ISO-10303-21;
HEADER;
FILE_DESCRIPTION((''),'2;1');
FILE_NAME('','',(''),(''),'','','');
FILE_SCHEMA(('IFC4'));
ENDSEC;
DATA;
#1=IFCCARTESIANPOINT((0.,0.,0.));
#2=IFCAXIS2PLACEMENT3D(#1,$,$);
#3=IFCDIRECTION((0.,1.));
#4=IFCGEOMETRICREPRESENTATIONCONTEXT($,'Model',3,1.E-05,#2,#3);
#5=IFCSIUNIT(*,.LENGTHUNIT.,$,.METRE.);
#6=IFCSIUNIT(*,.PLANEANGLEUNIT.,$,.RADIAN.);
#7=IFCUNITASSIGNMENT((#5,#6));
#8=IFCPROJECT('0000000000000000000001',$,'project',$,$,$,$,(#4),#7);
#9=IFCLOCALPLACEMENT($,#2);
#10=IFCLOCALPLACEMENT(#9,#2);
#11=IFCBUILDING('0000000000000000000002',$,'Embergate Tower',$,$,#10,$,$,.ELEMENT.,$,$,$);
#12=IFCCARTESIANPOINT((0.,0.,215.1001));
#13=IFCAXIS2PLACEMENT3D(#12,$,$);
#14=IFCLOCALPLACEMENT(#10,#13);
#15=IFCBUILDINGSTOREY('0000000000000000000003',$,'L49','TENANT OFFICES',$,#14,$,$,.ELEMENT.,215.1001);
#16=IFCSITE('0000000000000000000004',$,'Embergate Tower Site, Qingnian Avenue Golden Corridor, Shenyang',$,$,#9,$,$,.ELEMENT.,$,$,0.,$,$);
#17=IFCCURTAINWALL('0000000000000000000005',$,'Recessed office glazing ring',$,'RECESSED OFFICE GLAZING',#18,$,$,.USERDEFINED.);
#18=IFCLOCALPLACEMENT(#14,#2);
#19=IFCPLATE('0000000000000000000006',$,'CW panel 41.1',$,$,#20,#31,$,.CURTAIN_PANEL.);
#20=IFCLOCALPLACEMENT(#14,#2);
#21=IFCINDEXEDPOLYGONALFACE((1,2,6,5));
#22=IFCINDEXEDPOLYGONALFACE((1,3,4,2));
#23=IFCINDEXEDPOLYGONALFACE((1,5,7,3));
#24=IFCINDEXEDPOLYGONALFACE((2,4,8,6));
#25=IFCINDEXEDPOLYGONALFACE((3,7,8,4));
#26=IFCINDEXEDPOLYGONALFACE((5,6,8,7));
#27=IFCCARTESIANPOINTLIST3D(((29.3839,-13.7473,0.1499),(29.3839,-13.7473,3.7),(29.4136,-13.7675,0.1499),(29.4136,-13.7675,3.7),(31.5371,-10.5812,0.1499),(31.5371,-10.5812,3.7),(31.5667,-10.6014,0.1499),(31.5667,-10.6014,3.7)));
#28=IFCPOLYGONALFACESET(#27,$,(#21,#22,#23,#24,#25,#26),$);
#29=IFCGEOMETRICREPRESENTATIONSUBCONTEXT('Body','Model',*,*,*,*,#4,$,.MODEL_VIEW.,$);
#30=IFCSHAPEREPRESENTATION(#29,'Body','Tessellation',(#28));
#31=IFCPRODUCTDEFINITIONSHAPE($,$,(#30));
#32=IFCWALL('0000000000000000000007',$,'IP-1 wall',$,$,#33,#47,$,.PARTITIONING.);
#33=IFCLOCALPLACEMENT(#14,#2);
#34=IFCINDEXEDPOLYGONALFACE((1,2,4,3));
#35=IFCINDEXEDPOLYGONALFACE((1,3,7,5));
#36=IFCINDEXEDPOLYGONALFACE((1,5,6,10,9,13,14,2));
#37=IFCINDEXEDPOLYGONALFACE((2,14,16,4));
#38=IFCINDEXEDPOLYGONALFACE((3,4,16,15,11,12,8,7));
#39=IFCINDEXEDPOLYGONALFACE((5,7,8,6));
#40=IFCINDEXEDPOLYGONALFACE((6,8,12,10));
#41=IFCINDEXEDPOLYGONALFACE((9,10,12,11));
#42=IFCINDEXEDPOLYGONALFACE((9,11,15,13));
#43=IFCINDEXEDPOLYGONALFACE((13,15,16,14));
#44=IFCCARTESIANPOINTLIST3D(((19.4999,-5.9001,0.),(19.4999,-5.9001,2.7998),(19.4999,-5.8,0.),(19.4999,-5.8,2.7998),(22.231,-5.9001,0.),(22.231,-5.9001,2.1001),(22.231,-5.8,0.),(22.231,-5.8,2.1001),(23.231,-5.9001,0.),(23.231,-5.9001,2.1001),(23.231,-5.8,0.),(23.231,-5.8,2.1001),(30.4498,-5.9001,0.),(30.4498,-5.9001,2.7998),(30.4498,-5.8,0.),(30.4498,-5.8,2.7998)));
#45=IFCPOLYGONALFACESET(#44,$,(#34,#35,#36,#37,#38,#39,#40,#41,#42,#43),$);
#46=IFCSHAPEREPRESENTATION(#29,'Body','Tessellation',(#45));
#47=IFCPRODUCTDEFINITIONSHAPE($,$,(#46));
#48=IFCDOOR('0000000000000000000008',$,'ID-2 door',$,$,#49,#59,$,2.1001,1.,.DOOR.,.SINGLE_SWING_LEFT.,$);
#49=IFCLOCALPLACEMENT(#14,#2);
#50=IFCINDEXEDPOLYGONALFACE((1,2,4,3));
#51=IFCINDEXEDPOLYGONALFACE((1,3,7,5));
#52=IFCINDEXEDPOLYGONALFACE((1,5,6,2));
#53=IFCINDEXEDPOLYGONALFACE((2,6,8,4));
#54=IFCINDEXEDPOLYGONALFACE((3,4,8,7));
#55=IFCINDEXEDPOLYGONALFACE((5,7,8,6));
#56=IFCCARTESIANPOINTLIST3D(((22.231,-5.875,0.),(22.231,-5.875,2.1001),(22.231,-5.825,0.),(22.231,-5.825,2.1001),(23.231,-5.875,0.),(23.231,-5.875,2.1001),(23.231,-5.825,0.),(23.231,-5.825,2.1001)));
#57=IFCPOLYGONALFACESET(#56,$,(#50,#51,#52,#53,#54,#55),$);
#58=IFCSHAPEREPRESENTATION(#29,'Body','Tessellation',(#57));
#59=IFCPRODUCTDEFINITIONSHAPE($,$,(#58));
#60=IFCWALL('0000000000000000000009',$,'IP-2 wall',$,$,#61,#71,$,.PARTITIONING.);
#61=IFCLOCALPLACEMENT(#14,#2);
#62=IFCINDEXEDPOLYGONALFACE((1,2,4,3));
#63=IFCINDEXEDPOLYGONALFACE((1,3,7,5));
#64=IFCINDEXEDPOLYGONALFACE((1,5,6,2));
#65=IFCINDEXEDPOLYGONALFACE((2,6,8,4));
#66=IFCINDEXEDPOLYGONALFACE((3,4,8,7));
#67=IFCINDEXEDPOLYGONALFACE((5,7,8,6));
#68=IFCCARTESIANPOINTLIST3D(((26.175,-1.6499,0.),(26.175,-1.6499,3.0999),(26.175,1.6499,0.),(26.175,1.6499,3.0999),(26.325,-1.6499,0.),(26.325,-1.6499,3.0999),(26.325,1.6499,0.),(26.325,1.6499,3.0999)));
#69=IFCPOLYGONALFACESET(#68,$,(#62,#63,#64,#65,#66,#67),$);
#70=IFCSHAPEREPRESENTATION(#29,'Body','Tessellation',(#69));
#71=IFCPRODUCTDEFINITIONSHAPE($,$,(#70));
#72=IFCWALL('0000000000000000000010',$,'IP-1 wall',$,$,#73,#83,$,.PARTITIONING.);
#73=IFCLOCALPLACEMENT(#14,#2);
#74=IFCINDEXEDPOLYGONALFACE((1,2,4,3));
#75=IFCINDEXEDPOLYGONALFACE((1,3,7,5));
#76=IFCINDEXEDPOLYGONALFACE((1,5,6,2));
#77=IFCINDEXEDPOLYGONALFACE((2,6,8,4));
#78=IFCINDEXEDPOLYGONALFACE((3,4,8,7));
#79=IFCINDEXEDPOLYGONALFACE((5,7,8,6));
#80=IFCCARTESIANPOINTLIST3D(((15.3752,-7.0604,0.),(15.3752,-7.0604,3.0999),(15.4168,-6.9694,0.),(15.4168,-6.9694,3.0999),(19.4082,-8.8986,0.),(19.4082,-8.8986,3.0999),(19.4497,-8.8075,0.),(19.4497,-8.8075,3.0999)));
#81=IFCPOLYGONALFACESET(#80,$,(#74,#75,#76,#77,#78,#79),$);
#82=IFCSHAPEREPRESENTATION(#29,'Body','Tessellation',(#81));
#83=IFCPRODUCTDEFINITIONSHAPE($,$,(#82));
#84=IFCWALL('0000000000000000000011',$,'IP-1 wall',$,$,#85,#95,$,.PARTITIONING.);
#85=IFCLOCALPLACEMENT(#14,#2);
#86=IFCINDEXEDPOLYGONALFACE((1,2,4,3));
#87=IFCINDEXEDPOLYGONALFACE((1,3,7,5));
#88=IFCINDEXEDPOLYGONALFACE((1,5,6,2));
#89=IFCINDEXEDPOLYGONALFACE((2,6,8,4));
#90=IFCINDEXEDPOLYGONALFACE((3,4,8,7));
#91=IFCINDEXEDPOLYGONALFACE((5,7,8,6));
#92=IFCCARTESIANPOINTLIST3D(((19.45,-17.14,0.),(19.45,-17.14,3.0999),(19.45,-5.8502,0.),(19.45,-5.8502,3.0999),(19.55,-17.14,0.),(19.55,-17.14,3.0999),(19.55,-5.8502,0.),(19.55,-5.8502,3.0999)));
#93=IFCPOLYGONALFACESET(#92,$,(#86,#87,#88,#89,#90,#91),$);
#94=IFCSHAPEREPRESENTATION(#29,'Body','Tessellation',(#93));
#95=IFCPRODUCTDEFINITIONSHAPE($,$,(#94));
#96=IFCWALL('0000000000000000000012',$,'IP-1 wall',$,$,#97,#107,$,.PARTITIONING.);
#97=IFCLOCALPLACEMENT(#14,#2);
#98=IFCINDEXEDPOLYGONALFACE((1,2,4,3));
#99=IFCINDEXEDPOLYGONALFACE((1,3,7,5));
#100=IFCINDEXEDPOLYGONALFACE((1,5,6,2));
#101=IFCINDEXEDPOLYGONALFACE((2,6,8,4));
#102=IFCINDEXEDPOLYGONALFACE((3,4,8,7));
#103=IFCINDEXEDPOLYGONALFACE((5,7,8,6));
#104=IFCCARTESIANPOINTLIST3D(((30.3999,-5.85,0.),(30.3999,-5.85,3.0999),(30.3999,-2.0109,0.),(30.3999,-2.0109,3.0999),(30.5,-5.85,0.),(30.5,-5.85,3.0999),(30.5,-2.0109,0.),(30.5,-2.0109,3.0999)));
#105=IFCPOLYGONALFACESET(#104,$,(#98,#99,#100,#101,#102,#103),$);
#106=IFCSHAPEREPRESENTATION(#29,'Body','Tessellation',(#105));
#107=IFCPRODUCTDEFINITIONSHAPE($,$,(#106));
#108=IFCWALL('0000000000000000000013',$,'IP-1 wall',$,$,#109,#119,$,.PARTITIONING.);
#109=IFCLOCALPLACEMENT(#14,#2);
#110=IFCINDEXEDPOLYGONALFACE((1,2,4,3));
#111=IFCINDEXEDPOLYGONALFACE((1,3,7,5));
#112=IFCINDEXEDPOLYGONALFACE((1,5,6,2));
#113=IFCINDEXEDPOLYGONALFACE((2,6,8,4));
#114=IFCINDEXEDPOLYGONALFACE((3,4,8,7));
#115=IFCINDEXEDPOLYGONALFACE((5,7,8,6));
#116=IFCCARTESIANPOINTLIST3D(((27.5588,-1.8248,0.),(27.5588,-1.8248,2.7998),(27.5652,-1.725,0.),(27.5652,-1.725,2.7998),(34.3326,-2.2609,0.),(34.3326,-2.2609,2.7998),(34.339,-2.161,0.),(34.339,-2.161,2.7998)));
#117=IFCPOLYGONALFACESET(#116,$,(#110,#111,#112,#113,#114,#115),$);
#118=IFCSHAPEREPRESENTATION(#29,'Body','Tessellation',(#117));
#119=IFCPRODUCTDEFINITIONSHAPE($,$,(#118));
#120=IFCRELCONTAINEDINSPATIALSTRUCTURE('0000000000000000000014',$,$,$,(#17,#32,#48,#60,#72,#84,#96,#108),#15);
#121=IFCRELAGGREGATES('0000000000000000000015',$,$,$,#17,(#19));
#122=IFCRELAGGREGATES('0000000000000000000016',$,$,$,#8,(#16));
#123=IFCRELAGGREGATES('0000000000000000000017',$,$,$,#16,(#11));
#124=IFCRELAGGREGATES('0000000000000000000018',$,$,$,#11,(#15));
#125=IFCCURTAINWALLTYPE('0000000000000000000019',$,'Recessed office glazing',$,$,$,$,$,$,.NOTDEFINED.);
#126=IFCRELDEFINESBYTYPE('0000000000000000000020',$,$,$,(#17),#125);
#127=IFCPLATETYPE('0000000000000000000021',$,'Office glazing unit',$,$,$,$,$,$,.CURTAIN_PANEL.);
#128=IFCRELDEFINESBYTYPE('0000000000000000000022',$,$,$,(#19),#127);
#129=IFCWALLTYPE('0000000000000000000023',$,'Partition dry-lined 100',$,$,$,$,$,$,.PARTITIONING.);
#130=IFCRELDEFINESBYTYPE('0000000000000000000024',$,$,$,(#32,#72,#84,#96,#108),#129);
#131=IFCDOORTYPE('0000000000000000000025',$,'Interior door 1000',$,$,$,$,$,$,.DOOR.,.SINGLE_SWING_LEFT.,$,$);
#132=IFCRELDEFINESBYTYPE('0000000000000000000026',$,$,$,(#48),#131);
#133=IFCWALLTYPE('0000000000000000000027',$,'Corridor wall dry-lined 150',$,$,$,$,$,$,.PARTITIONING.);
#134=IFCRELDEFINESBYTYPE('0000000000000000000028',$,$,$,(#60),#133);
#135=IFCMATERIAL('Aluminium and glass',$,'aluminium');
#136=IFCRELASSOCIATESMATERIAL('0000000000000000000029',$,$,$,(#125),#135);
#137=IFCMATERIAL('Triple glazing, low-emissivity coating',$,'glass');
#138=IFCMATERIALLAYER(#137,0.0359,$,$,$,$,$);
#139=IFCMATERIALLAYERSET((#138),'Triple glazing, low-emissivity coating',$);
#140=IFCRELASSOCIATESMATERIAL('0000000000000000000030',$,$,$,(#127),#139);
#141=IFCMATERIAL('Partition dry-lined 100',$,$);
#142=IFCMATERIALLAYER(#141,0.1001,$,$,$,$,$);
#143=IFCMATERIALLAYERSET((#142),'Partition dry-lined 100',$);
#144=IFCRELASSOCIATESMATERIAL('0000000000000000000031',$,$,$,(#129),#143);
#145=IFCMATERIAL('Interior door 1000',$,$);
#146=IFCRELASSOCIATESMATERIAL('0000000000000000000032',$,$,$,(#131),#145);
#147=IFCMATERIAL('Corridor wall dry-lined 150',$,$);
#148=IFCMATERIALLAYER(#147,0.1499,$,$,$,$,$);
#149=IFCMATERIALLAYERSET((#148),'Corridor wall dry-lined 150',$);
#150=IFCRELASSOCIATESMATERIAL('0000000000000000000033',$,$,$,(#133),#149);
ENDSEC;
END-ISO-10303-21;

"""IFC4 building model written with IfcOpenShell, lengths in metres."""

from ifc_helpers import new_model, si_unit, direction, frame, frame_2d, origin, origin_2d, place, context, subcontext, project, spatial, rectangle, extrude, source, transform, mapped, material, layer, layer_set, type_object, element, fill, aggregate, save


model = new_model("IFC4")

# Units and contexts
model_context = context("Model", 3, precision=1e-05, world=origin(), true_north=direction((0.0, 1.0)))
body_context = subcontext(model_context, "Body", "Model", "MODEL_VIEW")
ifc_project = project(units=[si_unit("LENGTHUNIT", "METRE"), si_unit("PLANEANGLEUNIT", "RADIAN")], contexts=[model_context])

# Site, building, storey
site_placement = place(None, origin())
site = spatial("IfcSite", under=ifc_project, at=site_placement, Name="Embergate Tower Site, Qingnian Avenue Golden Corridor, Shenyang", CompositionType="ELEMENT", RefElevation=0.0)
building_placement = place(site_placement, origin())
building = spatial("IfcBuilding", under=site, at=building_placement, Name="Embergate Tower", CompositionType="ELEMENT")
storey_placement = place(building_placement, frame((0.0, 0.0, 215.1001)))
storey = spatial("IfcBuildingStorey", under=building, at=storey_placement, Name="L49", Description="TENANT OFFICES", CompositionType="ELEMENT", Elevation=215.1001)

# Curtain wall, plate
ifc_material_1 = material(Name="Aluminium and glass", Category="aluminium")
curtain_wall_type = type_object("IfcCurtainWallType", Name="Recessed office glazing", PredefinedType="NOTDEFINED", material=ifc_material_1)
curtain_wall_placement = place(storey_placement, origin())
curtain_wall = element("IfcCurtainWall", 1, at=curtain_wall_placement, inside=storey, type_object=curtain_wall_type, Name="Recessed office glazing ring", ObjectType="RECESSED OFFICE GLAZING", PredefinedType="USERDEFINED")
ifc_material_2 = material(Name="Triple glazing, low-emissivity coating", Category="glass")
ifc_layer_1 = layer(ifc_material_2, 0.0359)
ifc_layer_set_1 = layer_set([ifc_layer_1], Name="Triple glazing, low-emissivity coating")
plate_type = type_object("IfcPlateType", Name="Office glazing unit", PredefinedType="CURTAIN_PANEL", material=ifc_layer_set_1)
shared_shape_1 = source(origin(), body_context, "Body", "SweptSolid", [
    extrude(rectangle(XDim=3.8289, YDim=0.0359, at=origin_2d()), origin(), (0.0, 0.0, 1.0), 3.55),
])
plate_1_placement = place(storey_placement, frame((30.4753, -12.1743, 0.1499), z_axis=(0.0, 0.0, 1.0), x_axis=(0.562337, 0.826908, 0.0)))
plate_1 = element("IfcPlate", 2, at=plate_1_placement, type_object=plate_type, Name="CW panel 41.1", PredefinedType="CURTAIN_PANEL", context=body_context, shape_type="MappedRepresentation", body=[
    mapped(shared_shape_1, transform((0.0, 0.0, 0.0))),
])
aggregate(curtain_wall, [plate_1])

# Wall, opening, door
ifc_material_3 = material(Name="Partition dry-lined 100")
ifc_layer_2 = layer(ifc_material_3, 0.1001)
ifc_layer_set_2 = layer_set([ifc_layer_2], Name="Partition dry-lined 100")
wall_type_1 = type_object("IfcWallType", Name="Partition dry-lined 100", PredefinedType="PARTITIONING", material=ifc_layer_set_2)
shared_shape_2 = source(origin(), body_context, "Body", "SweptSolid", [
    extrude(rectangle(XDim=10.95, YDim=0.1001, at=frame_2d((5.4751, 0.0))), origin(), (0.0, 0.0, 1.0), 2.7998),
])
wall_1_placement = place(storey_placement, frame((30.45, -5.8501, 0.0), z_axis=(0.0, 0.0, 1.0), x_axis=(-1.0, 0.0, 0.0)))
wall_1 = element("IfcWall", 3, at=wall_1_placement, inside=storey, type_object=wall_type_1, Name="IP-1 wall", PredefinedType="PARTITIONING", context=body_context, shape_type="MappedRepresentation", body=[
    mapped(shared_shape_2, transform((0.0, 0.0, 0.0))),
])
shared_shape_3 = source(origin(), body_context, "Body", "SweptSolid", [
    extrude(rectangle(XDim=1.0, YDim=2.1001, at=frame_2d((0.5, 1.05))), frame((0.0, 0.0601, 0.0), z_axis=(0.0, -1.0, 0.0), x_axis=(1.0, 0.0, 0.0)), (0.0, 0.0, 1.0), 0.1201),
])
opening_placement = place(wall_1_placement, frame((7.219, 0.0, 0.0)))
opening = element("IfcOpeningElement", 4, at=opening_placement, cuts=wall_1, PredefinedType="OPENING", context=body_context, shape_type="MappedRepresentation", body=[
    mapped(shared_shape_3, transform((0.0, 0.0, 0.0))),
])
ifc_material_4 = material(Name="Interior door 1000")
door_type = type_object("IfcDoorType", Name="Interior door 1000", OperationType="SINGLE_SWING_LEFT", PredefinedType="DOOR", material=ifc_material_4)
shared_shape_4 = source(origin(), body_context, "Body", "SweptSolid", [
    extrude(rectangle(XDim=1.0, YDim=2.1001, at=frame_2d((0.5, 1.05))), frame((0.0, 0.0249, 0.0), z_axis=(0.0, -1.0, 0.0), x_axis=(1.0, 0.0, 0.0)), (0.0, 0.0, 1.0), 0.05),
])
door_placement = place(opening_placement, origin())
door = element("IfcDoor", 5, at=door_placement, inside=storey, type_object=door_type, Name="ID-2 door", OperationType="SINGLE_SWING_LEFT", OverallHeight=2.1001, OverallWidth=1.0, PredefinedType="DOOR", context=body_context, shape_type="MappedRepresentation", body=[
    mapped(shared_shape_4, transform((0.0, 0.0, 0.0))),
])
fill(opening, door)

# Walls
ifc_material_5 = material(Name="Corridor wall dry-lined 150")
ifc_layer_3 = layer(ifc_material_5, 0.1499)
ifc_layer_set_3 = layer_set([ifc_layer_3], Name="Corridor wall dry-lined 150")
wall_type_2 = type_object("IfcWallType", Name="Corridor wall dry-lined 150", PredefinedType="PARTITIONING", material=ifc_layer_set_3)
shared_shape_5 = source(origin(), body_context, "Body", "SweptSolid", [
    extrude(rectangle(XDim=3.2998, YDim=0.1499, at=frame_2d((1.6499, 0.0))), origin(), (0.0, 0.0, 1.0), 3.0999),
])
wall_2_placement = place(storey_placement, frame((26.25, -1.6499, 0.0), z_axis=(0.0, 0.0, 1.0), x_axis=(0.0, 1.0, 0.0)))
element("IfcWall", 6, at=wall_2_placement, inside=storey, type_object=wall_type_2, Name="IP-2 wall", PredefinedType="PARTITIONING", context=body_context, shape_type="MappedRepresentation", body=[
    mapped(shared_shape_5, transform((0.0, 0.0, 0.0))),
])
shared_shape_6 = source(origin(), body_context, "Body", "SweptSolid", [
    extrude(rectangle(XDim=4.4321, YDim=0.1001, at=frame_2d((2.2161, 0.0))), origin(), (0.0, 0.0, 1.0), 3.0999),
])
wall_3_placement = place(storey_placement, frame((15.396, -7.0149, 0.0), z_axis=(0.0, 0.0, 1.0), x_axis=(0.909943, -0.414732, 0.0)))
element("IfcWall", 7, at=wall_3_placement, inside=storey, type_object=wall_type_1, Name="IP-1 wall", PredefinedType="PARTITIONING", context=body_context, shape_type="MappedRepresentation", body=[
    mapped(shared_shape_6, transform((0.0, 0.0, 0.0))),
])
shared_shape_7 = source(origin(), body_context, "Body", "SweptSolid", [
    extrude(rectangle(XDim=11.2898, YDim=0.1001, at=frame_2d((5.645, 0.0))), origin(), (0.0, 0.0, 1.0), 3.0999),
])
wall_4_placement = place(storey_placement, frame((19.5, -5.8501, 0.0), z_axis=(0.0, 0.0, 1.0), x_axis=(0.0, -1.0, 0.0)))
element("IfcWall", 8, at=wall_4_placement, inside=storey, type_object=wall_type_1, Name="IP-1 wall", PredefinedType="PARTITIONING", context=body_context, shape_type="MappedRepresentation", body=[
    mapped(shared_shape_7, transform((0.0, 0.0, 0.0))),
])
shared_shape_8 = source(origin(), body_context, "Body", "SweptSolid", [
    extrude(rectangle(XDim=3.8391, YDim=0.1001, at=frame_2d((1.9194, 0.0))), origin(), (0.0, 0.0, 1.0), 3.0999),
])
wall_5_placement = place(storey_placement, frame((30.45, -2.011, 0.0), z_axis=(0.0, 0.0, 1.0), x_axis=(0.0, -1.0, 0.0)))
element("IfcWall", 9, at=wall_5_placement, inside=storey, type_object=wall_type_1, Name="IP-1 wall", PredefinedType="PARTITIONING", context=body_context, shape_type="MappedRepresentation", body=[
    mapped(shared_shape_8, transform((0.0, 0.0, 0.0))),
])
shared_shape_9 = source(origin(), body_context, "Body", "SweptSolid", [
    extrude(rectangle(XDim=6.7878, YDim=0.1001, at=frame_2d((3.394, 0.0))), origin(), (0.0, 0.0, 1.0), 2.7998),
])
wall_6_placement = place(storey_placement, frame((34.3359, -2.2109, 0.0), z_axis=(0.0, 0.0, 1.0), x_axis=(-0.997935, 0.064237, 0.0)))
element("IfcWall", 10, at=wall_6_placement, inside=storey, type_object=wall_type_1, Name="IP-1 wall", PredefinedType="PARTITIONING", context=body_context, shape_type="MappedRepresentation", body=[
    mapped(shared_shape_9, transform((0.0, 0.0, 0.0))),
])

save(model, "model.ifc")
